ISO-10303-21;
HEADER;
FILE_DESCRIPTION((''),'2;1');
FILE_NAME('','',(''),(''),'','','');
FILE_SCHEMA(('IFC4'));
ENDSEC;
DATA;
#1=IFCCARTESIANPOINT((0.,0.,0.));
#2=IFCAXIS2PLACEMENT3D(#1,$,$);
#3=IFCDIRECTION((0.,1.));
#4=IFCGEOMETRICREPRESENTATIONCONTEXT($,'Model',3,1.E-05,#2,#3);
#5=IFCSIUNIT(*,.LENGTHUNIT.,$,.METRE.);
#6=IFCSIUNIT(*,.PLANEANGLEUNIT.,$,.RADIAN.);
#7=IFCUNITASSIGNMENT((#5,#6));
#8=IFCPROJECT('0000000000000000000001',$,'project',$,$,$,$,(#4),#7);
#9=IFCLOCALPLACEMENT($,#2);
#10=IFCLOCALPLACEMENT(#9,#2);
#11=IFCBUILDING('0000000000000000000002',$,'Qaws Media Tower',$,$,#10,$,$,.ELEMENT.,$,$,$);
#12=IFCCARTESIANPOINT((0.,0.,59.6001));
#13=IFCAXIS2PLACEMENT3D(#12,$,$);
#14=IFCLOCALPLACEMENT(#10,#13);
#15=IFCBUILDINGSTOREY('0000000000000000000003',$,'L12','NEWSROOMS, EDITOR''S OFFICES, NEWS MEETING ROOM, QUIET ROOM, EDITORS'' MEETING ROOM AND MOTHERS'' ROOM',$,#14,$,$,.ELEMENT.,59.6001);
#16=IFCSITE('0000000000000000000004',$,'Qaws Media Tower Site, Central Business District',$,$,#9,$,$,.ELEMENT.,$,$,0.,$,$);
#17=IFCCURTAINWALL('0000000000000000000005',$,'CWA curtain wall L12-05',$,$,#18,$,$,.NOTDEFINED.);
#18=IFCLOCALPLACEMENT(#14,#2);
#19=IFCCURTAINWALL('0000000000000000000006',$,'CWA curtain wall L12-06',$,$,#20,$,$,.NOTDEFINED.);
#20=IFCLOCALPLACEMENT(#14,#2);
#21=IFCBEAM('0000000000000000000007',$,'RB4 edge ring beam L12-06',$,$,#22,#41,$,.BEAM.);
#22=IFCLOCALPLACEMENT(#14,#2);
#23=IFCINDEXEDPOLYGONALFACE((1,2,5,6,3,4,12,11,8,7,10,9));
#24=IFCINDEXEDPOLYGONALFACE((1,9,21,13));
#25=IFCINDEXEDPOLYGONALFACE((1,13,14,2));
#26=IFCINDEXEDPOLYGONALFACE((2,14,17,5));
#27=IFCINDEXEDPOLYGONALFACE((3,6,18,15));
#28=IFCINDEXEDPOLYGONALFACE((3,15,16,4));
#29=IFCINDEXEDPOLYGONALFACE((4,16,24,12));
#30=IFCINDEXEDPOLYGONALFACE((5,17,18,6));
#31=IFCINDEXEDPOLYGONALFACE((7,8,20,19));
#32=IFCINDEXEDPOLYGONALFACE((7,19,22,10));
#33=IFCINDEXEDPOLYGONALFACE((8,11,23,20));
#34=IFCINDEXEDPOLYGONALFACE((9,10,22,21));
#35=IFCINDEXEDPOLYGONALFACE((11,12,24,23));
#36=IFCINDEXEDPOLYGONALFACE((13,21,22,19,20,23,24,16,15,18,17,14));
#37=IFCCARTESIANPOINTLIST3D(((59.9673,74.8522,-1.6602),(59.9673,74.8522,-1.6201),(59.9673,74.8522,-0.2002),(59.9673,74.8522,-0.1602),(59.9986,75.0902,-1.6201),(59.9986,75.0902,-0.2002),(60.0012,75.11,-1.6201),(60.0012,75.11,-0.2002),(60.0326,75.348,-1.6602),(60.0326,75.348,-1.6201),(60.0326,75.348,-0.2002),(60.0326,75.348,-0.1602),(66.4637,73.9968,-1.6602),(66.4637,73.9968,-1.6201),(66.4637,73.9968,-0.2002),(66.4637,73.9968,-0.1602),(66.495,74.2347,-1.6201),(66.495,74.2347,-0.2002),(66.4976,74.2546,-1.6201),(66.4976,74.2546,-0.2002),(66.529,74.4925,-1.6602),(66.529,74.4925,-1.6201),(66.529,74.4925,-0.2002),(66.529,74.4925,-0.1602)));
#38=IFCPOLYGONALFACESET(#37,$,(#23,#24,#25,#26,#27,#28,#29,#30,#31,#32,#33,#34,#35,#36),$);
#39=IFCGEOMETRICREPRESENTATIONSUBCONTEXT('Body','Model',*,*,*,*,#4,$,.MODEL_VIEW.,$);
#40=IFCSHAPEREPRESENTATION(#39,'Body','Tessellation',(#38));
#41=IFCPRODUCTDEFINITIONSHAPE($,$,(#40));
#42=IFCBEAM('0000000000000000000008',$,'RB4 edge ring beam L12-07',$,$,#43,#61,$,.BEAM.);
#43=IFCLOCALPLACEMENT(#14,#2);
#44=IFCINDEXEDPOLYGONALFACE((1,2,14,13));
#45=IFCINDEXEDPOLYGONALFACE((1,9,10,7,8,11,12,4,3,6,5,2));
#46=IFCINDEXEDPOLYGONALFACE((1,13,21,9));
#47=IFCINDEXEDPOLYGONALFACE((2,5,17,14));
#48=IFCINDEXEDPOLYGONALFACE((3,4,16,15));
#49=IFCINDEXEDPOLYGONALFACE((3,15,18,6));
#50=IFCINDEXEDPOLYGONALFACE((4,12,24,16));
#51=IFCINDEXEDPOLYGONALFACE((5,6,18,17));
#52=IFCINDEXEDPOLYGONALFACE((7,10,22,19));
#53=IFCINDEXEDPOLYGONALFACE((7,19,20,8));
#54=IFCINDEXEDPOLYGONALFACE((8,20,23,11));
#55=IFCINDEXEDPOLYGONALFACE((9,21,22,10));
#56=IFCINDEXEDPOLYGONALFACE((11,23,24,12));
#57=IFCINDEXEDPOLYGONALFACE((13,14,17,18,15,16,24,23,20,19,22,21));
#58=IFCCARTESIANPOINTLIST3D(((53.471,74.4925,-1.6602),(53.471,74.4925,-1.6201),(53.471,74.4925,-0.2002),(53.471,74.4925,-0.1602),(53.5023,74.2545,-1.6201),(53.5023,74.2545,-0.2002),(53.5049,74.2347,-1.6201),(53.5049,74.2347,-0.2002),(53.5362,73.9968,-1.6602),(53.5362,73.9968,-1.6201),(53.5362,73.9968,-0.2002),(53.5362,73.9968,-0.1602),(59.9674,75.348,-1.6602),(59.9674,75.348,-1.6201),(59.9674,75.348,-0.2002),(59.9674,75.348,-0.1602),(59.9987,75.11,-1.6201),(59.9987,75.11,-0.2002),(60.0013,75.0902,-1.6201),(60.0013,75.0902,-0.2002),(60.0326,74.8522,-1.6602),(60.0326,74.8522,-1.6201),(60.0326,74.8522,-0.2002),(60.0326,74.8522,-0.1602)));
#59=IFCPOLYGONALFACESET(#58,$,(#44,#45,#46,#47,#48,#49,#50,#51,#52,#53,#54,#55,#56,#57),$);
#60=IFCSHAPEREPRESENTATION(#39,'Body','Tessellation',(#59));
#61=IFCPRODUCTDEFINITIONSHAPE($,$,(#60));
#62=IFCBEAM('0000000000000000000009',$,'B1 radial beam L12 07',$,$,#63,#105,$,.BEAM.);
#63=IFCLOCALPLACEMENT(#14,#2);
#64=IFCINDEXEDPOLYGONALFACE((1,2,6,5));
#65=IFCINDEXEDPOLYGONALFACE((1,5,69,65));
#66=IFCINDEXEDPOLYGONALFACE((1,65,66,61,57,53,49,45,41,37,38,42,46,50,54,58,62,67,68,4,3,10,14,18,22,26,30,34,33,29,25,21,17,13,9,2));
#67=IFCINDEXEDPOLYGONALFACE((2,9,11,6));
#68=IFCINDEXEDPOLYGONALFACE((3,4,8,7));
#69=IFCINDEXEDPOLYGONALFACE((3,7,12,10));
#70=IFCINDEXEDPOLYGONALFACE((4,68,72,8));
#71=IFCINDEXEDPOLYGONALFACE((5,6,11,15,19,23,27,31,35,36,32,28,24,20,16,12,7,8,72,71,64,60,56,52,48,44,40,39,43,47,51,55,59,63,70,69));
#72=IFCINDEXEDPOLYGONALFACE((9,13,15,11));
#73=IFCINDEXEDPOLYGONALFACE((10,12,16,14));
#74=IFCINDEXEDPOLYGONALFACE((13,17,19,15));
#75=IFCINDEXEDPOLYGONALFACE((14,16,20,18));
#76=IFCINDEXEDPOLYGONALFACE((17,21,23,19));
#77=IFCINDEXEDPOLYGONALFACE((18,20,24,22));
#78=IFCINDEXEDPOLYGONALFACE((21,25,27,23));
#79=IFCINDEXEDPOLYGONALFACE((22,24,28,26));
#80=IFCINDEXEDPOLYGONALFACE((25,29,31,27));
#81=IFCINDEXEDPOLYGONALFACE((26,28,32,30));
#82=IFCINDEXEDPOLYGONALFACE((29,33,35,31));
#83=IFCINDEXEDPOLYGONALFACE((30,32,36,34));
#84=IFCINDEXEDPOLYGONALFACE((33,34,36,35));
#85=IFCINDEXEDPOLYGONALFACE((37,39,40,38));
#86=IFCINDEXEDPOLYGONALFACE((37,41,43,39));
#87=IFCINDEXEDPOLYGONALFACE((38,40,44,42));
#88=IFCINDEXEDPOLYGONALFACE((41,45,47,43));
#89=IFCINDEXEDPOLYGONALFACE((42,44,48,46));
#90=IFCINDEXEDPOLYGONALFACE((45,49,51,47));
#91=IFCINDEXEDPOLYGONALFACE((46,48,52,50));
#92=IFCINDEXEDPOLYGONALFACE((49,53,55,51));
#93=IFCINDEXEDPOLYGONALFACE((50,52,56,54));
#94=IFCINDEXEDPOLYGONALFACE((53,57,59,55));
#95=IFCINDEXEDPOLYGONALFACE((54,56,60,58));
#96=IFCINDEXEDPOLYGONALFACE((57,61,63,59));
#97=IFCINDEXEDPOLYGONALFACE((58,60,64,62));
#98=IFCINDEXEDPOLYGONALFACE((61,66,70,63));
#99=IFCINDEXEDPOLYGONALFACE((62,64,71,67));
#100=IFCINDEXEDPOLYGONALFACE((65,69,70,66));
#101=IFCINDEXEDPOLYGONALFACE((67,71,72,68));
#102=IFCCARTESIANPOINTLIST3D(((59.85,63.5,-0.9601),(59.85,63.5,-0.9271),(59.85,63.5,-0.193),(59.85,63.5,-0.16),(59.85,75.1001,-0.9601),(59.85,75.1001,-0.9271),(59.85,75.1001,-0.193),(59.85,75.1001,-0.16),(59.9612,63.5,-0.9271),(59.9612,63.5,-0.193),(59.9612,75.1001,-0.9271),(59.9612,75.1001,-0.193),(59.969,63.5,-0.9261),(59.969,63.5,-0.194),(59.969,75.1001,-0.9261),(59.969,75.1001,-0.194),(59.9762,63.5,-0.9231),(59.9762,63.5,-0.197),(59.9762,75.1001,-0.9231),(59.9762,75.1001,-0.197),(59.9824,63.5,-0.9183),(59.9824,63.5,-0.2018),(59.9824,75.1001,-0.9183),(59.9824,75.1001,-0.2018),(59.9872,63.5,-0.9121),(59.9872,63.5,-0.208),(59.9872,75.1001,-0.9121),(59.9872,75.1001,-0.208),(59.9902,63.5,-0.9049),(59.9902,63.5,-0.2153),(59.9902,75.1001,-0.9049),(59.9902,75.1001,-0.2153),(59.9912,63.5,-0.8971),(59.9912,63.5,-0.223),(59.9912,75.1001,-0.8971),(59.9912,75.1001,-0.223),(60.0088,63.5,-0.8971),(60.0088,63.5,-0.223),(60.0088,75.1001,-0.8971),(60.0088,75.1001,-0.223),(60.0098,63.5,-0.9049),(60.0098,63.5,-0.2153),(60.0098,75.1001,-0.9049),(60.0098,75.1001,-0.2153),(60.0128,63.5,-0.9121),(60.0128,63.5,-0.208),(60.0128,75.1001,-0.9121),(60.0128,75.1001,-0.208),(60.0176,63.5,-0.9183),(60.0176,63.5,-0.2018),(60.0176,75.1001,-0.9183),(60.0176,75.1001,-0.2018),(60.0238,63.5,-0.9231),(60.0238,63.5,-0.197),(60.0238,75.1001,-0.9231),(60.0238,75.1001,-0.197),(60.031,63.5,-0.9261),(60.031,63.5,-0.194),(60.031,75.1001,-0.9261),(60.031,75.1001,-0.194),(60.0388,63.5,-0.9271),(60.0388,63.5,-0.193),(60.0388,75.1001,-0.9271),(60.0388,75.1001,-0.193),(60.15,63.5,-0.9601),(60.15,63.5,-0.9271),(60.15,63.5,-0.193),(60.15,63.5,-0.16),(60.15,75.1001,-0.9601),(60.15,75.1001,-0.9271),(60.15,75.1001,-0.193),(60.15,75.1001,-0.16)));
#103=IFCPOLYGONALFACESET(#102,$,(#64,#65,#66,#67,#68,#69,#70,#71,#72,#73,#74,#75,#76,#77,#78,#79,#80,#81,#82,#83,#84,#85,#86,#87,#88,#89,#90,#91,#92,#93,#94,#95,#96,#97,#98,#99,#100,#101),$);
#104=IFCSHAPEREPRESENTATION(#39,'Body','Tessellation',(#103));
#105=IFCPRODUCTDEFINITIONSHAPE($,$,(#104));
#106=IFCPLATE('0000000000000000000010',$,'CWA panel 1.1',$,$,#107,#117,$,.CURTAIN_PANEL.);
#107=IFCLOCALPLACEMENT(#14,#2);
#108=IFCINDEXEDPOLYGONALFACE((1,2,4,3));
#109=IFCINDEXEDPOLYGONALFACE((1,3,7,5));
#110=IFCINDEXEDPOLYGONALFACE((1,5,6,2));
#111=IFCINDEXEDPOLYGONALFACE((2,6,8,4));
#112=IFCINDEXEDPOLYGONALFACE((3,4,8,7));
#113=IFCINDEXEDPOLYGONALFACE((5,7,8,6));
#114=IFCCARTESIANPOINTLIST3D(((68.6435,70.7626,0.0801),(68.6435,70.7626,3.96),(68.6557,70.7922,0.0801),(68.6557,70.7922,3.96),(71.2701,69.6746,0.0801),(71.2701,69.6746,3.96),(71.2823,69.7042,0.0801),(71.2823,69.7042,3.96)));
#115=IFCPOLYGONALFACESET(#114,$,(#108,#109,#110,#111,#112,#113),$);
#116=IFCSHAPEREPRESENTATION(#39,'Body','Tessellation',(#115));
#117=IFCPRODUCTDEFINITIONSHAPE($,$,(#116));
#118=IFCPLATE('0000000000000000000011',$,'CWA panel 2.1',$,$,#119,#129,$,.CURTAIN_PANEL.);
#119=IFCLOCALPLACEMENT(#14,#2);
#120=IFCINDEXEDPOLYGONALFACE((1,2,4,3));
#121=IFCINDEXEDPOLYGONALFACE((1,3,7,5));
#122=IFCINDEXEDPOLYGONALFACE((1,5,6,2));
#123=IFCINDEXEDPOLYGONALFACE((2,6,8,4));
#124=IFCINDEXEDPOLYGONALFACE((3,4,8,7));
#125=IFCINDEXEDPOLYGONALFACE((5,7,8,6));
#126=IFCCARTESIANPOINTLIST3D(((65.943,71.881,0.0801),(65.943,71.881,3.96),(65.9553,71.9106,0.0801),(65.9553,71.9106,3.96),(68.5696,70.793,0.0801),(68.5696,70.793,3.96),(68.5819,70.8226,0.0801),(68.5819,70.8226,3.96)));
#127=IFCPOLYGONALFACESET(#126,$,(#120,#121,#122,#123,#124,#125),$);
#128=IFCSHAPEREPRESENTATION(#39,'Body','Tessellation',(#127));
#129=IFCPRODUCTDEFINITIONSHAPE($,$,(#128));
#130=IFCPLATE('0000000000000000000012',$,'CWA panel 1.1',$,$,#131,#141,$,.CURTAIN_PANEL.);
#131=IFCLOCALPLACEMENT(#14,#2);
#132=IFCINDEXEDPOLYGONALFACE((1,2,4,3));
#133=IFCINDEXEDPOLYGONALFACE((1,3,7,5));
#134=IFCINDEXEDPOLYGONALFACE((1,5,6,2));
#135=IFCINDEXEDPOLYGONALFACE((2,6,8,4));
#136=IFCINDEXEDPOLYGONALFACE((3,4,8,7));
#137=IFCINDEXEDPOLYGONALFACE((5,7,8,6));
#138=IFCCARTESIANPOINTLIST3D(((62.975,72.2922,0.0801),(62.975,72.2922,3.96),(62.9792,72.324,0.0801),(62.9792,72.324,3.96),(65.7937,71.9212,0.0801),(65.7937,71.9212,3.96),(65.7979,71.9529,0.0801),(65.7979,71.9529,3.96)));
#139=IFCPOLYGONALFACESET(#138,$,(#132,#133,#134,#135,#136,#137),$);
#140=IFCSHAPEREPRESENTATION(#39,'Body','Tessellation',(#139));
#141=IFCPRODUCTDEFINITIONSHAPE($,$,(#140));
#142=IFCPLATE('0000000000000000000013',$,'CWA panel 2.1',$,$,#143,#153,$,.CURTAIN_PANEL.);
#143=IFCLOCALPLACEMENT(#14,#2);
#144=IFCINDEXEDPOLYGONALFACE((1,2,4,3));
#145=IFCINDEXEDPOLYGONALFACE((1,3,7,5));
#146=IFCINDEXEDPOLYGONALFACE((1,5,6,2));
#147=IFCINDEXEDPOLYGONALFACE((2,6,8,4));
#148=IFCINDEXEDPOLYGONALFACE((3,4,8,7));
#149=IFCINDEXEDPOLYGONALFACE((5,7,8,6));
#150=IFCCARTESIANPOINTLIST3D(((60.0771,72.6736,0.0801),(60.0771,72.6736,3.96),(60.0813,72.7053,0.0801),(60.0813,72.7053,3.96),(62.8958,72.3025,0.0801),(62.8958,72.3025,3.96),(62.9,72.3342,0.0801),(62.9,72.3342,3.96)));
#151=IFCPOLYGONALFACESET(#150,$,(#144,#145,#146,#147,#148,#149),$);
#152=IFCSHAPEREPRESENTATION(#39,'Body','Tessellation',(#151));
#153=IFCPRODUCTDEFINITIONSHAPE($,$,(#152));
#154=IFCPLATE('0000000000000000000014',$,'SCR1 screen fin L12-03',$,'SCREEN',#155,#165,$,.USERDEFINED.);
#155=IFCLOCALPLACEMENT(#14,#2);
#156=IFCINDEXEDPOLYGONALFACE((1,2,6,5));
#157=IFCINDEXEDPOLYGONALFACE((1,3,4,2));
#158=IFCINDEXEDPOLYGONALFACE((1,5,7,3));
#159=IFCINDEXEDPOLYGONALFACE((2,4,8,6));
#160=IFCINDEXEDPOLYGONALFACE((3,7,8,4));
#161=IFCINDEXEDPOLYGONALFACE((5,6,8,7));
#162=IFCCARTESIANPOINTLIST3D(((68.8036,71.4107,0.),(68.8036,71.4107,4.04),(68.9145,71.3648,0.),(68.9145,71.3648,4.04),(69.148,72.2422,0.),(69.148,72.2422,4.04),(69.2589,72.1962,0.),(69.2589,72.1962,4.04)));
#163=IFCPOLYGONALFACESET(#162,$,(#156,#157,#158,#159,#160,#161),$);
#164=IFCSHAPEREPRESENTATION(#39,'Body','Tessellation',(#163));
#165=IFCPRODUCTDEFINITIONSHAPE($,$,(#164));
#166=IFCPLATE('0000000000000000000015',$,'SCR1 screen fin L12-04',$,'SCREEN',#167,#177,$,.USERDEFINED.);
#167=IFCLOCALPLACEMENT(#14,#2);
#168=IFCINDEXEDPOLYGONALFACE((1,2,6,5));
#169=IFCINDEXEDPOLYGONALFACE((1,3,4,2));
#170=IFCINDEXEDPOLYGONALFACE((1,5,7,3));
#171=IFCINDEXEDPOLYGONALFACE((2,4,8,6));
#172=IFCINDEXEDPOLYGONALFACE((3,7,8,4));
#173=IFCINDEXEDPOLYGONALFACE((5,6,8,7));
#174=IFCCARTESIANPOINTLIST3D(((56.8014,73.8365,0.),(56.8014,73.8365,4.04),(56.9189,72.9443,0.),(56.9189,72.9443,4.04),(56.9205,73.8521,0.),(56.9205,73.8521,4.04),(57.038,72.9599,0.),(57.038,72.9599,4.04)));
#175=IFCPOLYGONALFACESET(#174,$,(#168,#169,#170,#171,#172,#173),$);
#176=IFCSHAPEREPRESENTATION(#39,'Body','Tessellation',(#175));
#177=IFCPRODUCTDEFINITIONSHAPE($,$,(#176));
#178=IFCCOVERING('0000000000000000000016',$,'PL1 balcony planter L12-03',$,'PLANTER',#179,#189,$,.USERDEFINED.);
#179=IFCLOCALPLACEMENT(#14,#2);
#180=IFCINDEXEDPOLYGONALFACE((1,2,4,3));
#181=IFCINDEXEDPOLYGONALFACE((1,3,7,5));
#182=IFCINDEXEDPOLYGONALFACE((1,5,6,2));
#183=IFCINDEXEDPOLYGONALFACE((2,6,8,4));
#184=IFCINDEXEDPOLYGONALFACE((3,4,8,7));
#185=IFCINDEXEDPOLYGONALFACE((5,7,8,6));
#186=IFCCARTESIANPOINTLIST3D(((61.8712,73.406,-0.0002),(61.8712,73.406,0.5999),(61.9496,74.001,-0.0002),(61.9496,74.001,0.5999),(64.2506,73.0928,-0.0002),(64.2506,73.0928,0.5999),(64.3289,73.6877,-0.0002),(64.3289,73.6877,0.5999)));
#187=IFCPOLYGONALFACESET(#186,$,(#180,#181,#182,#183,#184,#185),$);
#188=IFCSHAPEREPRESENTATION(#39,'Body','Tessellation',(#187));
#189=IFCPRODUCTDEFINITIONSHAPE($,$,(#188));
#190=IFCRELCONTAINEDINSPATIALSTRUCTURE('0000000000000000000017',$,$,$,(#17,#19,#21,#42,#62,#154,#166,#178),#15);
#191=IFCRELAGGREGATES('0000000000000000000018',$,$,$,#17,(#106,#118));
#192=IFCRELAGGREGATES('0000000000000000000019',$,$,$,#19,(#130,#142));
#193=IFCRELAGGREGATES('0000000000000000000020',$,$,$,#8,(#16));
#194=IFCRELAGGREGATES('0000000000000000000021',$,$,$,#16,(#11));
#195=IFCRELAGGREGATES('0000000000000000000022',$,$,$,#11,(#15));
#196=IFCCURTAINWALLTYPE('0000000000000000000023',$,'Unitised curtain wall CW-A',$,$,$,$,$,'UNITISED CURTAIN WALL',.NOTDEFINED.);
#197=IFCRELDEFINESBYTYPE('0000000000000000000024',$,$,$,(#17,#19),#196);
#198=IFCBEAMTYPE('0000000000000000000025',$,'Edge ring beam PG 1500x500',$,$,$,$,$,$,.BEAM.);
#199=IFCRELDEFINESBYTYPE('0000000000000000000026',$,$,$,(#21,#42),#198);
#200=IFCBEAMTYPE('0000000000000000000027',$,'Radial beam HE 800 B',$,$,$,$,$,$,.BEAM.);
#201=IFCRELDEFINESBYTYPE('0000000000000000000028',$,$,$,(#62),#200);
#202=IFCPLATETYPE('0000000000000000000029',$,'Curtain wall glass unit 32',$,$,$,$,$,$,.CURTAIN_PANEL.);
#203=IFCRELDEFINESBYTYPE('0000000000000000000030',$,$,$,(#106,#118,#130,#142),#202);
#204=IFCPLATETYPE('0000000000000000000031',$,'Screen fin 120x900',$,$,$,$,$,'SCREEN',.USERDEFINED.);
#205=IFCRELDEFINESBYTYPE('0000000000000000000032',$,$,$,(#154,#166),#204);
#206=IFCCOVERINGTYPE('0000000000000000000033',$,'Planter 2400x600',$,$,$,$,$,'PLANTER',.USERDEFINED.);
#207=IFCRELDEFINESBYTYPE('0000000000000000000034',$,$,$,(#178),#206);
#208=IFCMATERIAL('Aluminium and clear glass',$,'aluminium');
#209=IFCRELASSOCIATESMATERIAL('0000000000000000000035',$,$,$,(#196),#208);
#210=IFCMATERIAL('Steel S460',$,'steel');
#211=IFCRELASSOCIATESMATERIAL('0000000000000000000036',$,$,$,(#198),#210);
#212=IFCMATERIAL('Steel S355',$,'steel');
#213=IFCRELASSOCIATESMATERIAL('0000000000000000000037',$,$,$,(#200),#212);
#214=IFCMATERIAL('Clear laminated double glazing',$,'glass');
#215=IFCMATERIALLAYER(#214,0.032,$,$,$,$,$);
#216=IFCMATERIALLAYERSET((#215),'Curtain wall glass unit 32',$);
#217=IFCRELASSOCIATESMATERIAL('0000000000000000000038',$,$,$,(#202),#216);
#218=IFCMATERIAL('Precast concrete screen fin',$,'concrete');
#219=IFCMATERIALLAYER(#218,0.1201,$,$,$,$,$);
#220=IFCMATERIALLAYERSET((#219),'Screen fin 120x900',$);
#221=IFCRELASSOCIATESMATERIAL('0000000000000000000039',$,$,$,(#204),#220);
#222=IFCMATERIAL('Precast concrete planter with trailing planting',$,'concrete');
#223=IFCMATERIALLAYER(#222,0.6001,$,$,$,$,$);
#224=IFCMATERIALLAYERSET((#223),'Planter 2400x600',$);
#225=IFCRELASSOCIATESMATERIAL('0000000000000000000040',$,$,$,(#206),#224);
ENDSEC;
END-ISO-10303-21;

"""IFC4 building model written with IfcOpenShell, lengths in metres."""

from ifc_helpers import new_model, si_unit, direction, frame, origin, origin_2d, place, context, subcontext, project, spatial, rectangle, i_section, extrude, material, layer, layer_set, material_profile, profile_set, type_object, element, aggregate, save


model = new_model("IFC4")

# Units and contexts
model_context = context("Model", 3, precision=1e-05, world=origin(), true_north=direction((0.0, 1.0)))
body_context = subcontext(model_context, "Body", "Model", "MODEL_VIEW")
ifc_project = project(units=[si_unit("LENGTHUNIT", "METRE"), si_unit("PLANEANGLEUNIT", "RADIAN")], contexts=[model_context])

# Site, building, storey
site_placement = place(None, origin())
site = spatial("IfcSite", under=ifc_project, at=site_placement, Name="Qaws Media Tower Site, Central Business District", CompositionType="ELEMENT", RefElevation=0.0)
building_placement = place(site_placement, origin())
building = spatial("IfcBuilding", under=site, at=building_placement, Name="Qaws Media Tower", CompositionType="ELEMENT")
storey_placement = place(building_placement, frame((0.0, 0.0, 59.6001)))
storey = spatial("IfcBuildingStorey", under=building, at=storey_placement, Name="L12", Description="NEWSROOMS, EDITOR'S OFFICES, NEWS MEETING ROOM, QUIET ROOM, EDITORS' MEETING ROOM AND MOTHERS' ROOM", CompositionType="ELEMENT", Elevation=59.6001)

# Shared definitions
ifc_material_1 = material(Name="Aluminium and clear glass", Category="aluminium")
curtain_wall_type = type_object("IfcCurtainWallType", Name="Unitised curtain wall CW-A", ElementType="UNITISED CURTAIN WALL", PredefinedType="NOTDEFINED", material=ifc_material_1)

# Curtain walls
curtain_wall_1_placement = place(storey_placement, origin())
curtain_wall_1 = element("IfcCurtainWall", 1, at=curtain_wall_1_placement, inside=storey, type_object=curtain_wall_type, Name="CWA curtain wall L12-05", PredefinedType="NOTDEFINED")
curtain_wall_2_placement = place(storey_placement, origin())
curtain_wall_2 = element("IfcCurtainWall", 2, at=curtain_wall_2_placement, inside=storey, type_object=curtain_wall_type, Name="CWA curtain wall L12-06", PredefinedType="NOTDEFINED")

# Beams
ifc_material_2 = material(Name="Steel S460", Category="steel")
ifc_material_profile_1 = material_profile(ifc_material_2, i_section(OverallWidth=0.5, OverallDepth=1.5, WebThickness=0.02, FlangeThickness=0.04, at=origin_2d()), Name="PG 1500x500")
ifc_profile_set_1 = profile_set([ifc_material_profile_1], Name="Steel S460")
beam_type_1 = type_object("IfcBeamType", Name="Edge ring beam PG 1500x500", PredefinedType="BEAM", material=ifc_profile_set_1)
for number, where, z_axis, x_axis, name in (
    (3, (66.4963, 74.2446, -0.9102), (-0.991441, 0.130558, 0.0), (-0.130558, -0.991441, 0.0), "RB4 edge ring beam L12-06"),
    (4, (60.0, 75.1001, -0.9102), (-0.991441, -0.130558, 0.0), (0.130558, -0.991441, 0.0), "RB4 edge ring beam L12-07"),
):
    element("IfcBeam", number, at=place(storey_placement, frame(where, z_axis=z_axis, x_axis=x_axis)), inside=storey, type_object=beam_type_1, Name=name, PredefinedType="BEAM", context=body_context, shape_type="SweptSolid", body=[
        extrude(i_section(OverallWidth=0.5, OverallDepth=1.5, WebThickness=0.02, FlangeThickness=0.04, at=origin_2d()), origin(), (0.0, 0.0, 1.0), 6.5525),
    ])
ifc_material_3 = material(Name="Steel S355", Category="steel")
ifc_material_profile_2 = material_profile(ifc_material_3, i_section(OverallWidth=0.3, OverallDepth=0.8, WebThickness=0.0176, FlangeThickness=0.033, FilletRadius=0.03, at=origin_2d()), Name="HE 800 B")
ifc_profile_set_2 = profile_set([ifc_material_profile_2], Name="Steel S355")
beam_type_2 = type_object("IfcBeamType", Name="Radial beam HE 800 B", PredefinedType="BEAM", material=ifc_profile_set_2)
beam_placement = place(storey_placement, frame((60.0, 63.5, -0.5601), z_axis=(0.0, 1.0, 0.0), x_axis=(-1.0, 0.0, 0.0)))
element("IfcBeam", 5, at=beam_placement, inside=storey, type_object=beam_type_2, Name="B1 radial beam L12 07", PredefinedType="BEAM", context=body_context, shape_type="SweptSolid", body=[
    extrude(i_section(OverallWidth=0.3, OverallDepth=0.8, WebThickness=0.0176, FlangeThickness=0.033, FilletRadius=0.03, at=origin_2d()), origin(), (0.0, 0.0, 1.0), 11.6001),
])

# Plates
ifc_material_4 = material(Name="Clear laminated double glazing", Category="glass")
ifc_layer_1 = layer(ifc_material_4, 0.032)
ifc_layer_set_1 = layer_set([ifc_layer_1], Name="Curtain wall glass unit 32")
plate_type_1 = type_object("IfcPlateType", Name="Curtain wall glass unit 32", PredefinedType="CURTAIN_PANEL", material=ifc_layer_set_1)
plate_1_placement = place(storey_placement, frame((69.9629, 70.2334, 0.0801), z_axis=(0.0, 0.0, 1.0), x_axis=(-0.92388, 0.382683, 0.0)))
plate_1 = element("IfcPlate", 6, at=plate_1_placement, type_object=plate_type_1, Name="CWA panel 1.1", PredefinedType="CURTAIN_PANEL", context=body_context, shape_type="SweptSolid", body=[
    extrude(rectangle(XDim=2.843, YDim=0.032, at=origin_2d()), origin(), (0.0, 0.0, 1.0), 3.8799),
])
plate_2_placement = place(storey_placement, frame((67.2625, 71.3518, 0.0801), z_axis=(0.0, 0.0, 1.0), x_axis=(-0.92388, 0.382683, 0.0)))
plate_2 = element("IfcPlate", 7, at=plate_2_placement, type_object=plate_type_1, Name="CWA panel 2.1", PredefinedType="CURTAIN_PANEL", context=body_context, shape_type="SweptSolid", body=[
    extrude(rectangle(XDim=2.843, YDim=0.032, at=origin_2d()), origin(), (0.0, 0.0, 1.0), 3.8799),
])
aggregate(curtain_wall_1, [plate_1, plate_2])
plate_3_placement = place(storey_placement, frame((64.3865, 72.1226, 0.0801), z_axis=(0.0, 0.0, 1.0), x_axis=(-0.991445, 0.130526, 0.0)))
plate_3 = element("IfcPlate", 8, at=plate_3_placement, type_object=plate_type_1, Name="CWA panel 1.1", PredefinedType="CURTAIN_PANEL", context=body_context, shape_type="SweptSolid", body=[
    extrude(rectangle(XDim=2.843, YDim=0.032, at=origin_2d()), origin(), (0.0, 0.0, 1.0), 3.8799),
])
plate_4_placement = place(storey_placement, frame((61.4885, 72.5039, 0.0801), z_axis=(0.0, 0.0, 1.0), x_axis=(-0.991445, 0.130526, 0.0)))
plate_4 = element("IfcPlate", 9, at=plate_4_placement, type_object=plate_type_1, Name="CWA panel 2.1", PredefinedType="CURTAIN_PANEL", context=body_context, shape_type="SweptSolid", body=[
    extrude(rectangle(XDim=2.843, YDim=0.032, at=origin_2d()), origin(), (0.0, 0.0, 1.0), 3.8799),
])
aggregate(curtain_wall_2, [plate_3, plate_4])

# Plates
ifc_material_5 = material(Name="Precast concrete screen fin", Category="concrete")
ifc_layer_2 = layer(ifc_material_5, 0.1201)
ifc_layer_set_2 = layer_set([ifc_layer_2], Name="Screen fin 120x900")
plate_type_2 = type_object("IfcPlateType", Name="Screen fin 120x900", ElementType="SCREEN", PredefinedType="USERDEFINED", material=ifc_layer_set_2)
for number, where, z_axis, x_axis, name in (
    (10, (69.0312, 71.8035, 0.0), (0.0, 0.0, 1.0), (0.382683, 0.92388, 0.0), "SCR1 screen fin L12-03"),
    (11, (56.9197, 73.3982, 0.0), (0.0, 0.0, 1.0), (-0.130526, 0.991445, 0.0), "SCR1 screen fin L12-04"),
):
    element("IfcPlate", number, at=place(storey_placement, frame(where, z_axis=z_axis, x_axis=x_axis)), inside=storey, type_object=plate_type_2, Name=name, ObjectType="SCREEN", PredefinedType="USERDEFINED", context=body_context, shape_type="SweptSolid", body=[
        extrude(rectangle(XDim=0.8999, YDim=0.1201, at=origin_2d()), origin(), (0.0, 0.0, 1.0), 4.04),
    ])

# Covering
ifc_material_6 = material(Name="Precast concrete planter with trailing planting", Category="concrete")
ifc_layer_3 = layer(ifc_material_6, 0.6001)
ifc_layer_set_3 = layer_set([ifc_layer_3], Name="Planter 2400x600")
covering_type = type_object("IfcCoveringType", Name="Planter 2400x600", ElementType="PLANTER", PredefinedType="USERDEFINED", material=ifc_layer_set_3)
covering_placement = place(storey_placement, frame((63.1001, 73.5469, -0.0002), z_axis=(0.0, 0.0, 1.0), x_axis=(-0.991445, 0.130526, 0.0)))
element("IfcCovering", 12, at=covering_placement, inside=storey, type_object=covering_type, Name="PL1 balcony planter L12-03", ObjectType="PLANTER", PredefinedType="USERDEFINED", context=body_context, shape_type="SweptSolid", body=[
    extrude(rectangle(XDim=2.3999, YDim=0.6001, at=origin_2d()), origin(), (0.0, 0.0, 1.0), 0.6001),
])

save(model, "model.ifc")
